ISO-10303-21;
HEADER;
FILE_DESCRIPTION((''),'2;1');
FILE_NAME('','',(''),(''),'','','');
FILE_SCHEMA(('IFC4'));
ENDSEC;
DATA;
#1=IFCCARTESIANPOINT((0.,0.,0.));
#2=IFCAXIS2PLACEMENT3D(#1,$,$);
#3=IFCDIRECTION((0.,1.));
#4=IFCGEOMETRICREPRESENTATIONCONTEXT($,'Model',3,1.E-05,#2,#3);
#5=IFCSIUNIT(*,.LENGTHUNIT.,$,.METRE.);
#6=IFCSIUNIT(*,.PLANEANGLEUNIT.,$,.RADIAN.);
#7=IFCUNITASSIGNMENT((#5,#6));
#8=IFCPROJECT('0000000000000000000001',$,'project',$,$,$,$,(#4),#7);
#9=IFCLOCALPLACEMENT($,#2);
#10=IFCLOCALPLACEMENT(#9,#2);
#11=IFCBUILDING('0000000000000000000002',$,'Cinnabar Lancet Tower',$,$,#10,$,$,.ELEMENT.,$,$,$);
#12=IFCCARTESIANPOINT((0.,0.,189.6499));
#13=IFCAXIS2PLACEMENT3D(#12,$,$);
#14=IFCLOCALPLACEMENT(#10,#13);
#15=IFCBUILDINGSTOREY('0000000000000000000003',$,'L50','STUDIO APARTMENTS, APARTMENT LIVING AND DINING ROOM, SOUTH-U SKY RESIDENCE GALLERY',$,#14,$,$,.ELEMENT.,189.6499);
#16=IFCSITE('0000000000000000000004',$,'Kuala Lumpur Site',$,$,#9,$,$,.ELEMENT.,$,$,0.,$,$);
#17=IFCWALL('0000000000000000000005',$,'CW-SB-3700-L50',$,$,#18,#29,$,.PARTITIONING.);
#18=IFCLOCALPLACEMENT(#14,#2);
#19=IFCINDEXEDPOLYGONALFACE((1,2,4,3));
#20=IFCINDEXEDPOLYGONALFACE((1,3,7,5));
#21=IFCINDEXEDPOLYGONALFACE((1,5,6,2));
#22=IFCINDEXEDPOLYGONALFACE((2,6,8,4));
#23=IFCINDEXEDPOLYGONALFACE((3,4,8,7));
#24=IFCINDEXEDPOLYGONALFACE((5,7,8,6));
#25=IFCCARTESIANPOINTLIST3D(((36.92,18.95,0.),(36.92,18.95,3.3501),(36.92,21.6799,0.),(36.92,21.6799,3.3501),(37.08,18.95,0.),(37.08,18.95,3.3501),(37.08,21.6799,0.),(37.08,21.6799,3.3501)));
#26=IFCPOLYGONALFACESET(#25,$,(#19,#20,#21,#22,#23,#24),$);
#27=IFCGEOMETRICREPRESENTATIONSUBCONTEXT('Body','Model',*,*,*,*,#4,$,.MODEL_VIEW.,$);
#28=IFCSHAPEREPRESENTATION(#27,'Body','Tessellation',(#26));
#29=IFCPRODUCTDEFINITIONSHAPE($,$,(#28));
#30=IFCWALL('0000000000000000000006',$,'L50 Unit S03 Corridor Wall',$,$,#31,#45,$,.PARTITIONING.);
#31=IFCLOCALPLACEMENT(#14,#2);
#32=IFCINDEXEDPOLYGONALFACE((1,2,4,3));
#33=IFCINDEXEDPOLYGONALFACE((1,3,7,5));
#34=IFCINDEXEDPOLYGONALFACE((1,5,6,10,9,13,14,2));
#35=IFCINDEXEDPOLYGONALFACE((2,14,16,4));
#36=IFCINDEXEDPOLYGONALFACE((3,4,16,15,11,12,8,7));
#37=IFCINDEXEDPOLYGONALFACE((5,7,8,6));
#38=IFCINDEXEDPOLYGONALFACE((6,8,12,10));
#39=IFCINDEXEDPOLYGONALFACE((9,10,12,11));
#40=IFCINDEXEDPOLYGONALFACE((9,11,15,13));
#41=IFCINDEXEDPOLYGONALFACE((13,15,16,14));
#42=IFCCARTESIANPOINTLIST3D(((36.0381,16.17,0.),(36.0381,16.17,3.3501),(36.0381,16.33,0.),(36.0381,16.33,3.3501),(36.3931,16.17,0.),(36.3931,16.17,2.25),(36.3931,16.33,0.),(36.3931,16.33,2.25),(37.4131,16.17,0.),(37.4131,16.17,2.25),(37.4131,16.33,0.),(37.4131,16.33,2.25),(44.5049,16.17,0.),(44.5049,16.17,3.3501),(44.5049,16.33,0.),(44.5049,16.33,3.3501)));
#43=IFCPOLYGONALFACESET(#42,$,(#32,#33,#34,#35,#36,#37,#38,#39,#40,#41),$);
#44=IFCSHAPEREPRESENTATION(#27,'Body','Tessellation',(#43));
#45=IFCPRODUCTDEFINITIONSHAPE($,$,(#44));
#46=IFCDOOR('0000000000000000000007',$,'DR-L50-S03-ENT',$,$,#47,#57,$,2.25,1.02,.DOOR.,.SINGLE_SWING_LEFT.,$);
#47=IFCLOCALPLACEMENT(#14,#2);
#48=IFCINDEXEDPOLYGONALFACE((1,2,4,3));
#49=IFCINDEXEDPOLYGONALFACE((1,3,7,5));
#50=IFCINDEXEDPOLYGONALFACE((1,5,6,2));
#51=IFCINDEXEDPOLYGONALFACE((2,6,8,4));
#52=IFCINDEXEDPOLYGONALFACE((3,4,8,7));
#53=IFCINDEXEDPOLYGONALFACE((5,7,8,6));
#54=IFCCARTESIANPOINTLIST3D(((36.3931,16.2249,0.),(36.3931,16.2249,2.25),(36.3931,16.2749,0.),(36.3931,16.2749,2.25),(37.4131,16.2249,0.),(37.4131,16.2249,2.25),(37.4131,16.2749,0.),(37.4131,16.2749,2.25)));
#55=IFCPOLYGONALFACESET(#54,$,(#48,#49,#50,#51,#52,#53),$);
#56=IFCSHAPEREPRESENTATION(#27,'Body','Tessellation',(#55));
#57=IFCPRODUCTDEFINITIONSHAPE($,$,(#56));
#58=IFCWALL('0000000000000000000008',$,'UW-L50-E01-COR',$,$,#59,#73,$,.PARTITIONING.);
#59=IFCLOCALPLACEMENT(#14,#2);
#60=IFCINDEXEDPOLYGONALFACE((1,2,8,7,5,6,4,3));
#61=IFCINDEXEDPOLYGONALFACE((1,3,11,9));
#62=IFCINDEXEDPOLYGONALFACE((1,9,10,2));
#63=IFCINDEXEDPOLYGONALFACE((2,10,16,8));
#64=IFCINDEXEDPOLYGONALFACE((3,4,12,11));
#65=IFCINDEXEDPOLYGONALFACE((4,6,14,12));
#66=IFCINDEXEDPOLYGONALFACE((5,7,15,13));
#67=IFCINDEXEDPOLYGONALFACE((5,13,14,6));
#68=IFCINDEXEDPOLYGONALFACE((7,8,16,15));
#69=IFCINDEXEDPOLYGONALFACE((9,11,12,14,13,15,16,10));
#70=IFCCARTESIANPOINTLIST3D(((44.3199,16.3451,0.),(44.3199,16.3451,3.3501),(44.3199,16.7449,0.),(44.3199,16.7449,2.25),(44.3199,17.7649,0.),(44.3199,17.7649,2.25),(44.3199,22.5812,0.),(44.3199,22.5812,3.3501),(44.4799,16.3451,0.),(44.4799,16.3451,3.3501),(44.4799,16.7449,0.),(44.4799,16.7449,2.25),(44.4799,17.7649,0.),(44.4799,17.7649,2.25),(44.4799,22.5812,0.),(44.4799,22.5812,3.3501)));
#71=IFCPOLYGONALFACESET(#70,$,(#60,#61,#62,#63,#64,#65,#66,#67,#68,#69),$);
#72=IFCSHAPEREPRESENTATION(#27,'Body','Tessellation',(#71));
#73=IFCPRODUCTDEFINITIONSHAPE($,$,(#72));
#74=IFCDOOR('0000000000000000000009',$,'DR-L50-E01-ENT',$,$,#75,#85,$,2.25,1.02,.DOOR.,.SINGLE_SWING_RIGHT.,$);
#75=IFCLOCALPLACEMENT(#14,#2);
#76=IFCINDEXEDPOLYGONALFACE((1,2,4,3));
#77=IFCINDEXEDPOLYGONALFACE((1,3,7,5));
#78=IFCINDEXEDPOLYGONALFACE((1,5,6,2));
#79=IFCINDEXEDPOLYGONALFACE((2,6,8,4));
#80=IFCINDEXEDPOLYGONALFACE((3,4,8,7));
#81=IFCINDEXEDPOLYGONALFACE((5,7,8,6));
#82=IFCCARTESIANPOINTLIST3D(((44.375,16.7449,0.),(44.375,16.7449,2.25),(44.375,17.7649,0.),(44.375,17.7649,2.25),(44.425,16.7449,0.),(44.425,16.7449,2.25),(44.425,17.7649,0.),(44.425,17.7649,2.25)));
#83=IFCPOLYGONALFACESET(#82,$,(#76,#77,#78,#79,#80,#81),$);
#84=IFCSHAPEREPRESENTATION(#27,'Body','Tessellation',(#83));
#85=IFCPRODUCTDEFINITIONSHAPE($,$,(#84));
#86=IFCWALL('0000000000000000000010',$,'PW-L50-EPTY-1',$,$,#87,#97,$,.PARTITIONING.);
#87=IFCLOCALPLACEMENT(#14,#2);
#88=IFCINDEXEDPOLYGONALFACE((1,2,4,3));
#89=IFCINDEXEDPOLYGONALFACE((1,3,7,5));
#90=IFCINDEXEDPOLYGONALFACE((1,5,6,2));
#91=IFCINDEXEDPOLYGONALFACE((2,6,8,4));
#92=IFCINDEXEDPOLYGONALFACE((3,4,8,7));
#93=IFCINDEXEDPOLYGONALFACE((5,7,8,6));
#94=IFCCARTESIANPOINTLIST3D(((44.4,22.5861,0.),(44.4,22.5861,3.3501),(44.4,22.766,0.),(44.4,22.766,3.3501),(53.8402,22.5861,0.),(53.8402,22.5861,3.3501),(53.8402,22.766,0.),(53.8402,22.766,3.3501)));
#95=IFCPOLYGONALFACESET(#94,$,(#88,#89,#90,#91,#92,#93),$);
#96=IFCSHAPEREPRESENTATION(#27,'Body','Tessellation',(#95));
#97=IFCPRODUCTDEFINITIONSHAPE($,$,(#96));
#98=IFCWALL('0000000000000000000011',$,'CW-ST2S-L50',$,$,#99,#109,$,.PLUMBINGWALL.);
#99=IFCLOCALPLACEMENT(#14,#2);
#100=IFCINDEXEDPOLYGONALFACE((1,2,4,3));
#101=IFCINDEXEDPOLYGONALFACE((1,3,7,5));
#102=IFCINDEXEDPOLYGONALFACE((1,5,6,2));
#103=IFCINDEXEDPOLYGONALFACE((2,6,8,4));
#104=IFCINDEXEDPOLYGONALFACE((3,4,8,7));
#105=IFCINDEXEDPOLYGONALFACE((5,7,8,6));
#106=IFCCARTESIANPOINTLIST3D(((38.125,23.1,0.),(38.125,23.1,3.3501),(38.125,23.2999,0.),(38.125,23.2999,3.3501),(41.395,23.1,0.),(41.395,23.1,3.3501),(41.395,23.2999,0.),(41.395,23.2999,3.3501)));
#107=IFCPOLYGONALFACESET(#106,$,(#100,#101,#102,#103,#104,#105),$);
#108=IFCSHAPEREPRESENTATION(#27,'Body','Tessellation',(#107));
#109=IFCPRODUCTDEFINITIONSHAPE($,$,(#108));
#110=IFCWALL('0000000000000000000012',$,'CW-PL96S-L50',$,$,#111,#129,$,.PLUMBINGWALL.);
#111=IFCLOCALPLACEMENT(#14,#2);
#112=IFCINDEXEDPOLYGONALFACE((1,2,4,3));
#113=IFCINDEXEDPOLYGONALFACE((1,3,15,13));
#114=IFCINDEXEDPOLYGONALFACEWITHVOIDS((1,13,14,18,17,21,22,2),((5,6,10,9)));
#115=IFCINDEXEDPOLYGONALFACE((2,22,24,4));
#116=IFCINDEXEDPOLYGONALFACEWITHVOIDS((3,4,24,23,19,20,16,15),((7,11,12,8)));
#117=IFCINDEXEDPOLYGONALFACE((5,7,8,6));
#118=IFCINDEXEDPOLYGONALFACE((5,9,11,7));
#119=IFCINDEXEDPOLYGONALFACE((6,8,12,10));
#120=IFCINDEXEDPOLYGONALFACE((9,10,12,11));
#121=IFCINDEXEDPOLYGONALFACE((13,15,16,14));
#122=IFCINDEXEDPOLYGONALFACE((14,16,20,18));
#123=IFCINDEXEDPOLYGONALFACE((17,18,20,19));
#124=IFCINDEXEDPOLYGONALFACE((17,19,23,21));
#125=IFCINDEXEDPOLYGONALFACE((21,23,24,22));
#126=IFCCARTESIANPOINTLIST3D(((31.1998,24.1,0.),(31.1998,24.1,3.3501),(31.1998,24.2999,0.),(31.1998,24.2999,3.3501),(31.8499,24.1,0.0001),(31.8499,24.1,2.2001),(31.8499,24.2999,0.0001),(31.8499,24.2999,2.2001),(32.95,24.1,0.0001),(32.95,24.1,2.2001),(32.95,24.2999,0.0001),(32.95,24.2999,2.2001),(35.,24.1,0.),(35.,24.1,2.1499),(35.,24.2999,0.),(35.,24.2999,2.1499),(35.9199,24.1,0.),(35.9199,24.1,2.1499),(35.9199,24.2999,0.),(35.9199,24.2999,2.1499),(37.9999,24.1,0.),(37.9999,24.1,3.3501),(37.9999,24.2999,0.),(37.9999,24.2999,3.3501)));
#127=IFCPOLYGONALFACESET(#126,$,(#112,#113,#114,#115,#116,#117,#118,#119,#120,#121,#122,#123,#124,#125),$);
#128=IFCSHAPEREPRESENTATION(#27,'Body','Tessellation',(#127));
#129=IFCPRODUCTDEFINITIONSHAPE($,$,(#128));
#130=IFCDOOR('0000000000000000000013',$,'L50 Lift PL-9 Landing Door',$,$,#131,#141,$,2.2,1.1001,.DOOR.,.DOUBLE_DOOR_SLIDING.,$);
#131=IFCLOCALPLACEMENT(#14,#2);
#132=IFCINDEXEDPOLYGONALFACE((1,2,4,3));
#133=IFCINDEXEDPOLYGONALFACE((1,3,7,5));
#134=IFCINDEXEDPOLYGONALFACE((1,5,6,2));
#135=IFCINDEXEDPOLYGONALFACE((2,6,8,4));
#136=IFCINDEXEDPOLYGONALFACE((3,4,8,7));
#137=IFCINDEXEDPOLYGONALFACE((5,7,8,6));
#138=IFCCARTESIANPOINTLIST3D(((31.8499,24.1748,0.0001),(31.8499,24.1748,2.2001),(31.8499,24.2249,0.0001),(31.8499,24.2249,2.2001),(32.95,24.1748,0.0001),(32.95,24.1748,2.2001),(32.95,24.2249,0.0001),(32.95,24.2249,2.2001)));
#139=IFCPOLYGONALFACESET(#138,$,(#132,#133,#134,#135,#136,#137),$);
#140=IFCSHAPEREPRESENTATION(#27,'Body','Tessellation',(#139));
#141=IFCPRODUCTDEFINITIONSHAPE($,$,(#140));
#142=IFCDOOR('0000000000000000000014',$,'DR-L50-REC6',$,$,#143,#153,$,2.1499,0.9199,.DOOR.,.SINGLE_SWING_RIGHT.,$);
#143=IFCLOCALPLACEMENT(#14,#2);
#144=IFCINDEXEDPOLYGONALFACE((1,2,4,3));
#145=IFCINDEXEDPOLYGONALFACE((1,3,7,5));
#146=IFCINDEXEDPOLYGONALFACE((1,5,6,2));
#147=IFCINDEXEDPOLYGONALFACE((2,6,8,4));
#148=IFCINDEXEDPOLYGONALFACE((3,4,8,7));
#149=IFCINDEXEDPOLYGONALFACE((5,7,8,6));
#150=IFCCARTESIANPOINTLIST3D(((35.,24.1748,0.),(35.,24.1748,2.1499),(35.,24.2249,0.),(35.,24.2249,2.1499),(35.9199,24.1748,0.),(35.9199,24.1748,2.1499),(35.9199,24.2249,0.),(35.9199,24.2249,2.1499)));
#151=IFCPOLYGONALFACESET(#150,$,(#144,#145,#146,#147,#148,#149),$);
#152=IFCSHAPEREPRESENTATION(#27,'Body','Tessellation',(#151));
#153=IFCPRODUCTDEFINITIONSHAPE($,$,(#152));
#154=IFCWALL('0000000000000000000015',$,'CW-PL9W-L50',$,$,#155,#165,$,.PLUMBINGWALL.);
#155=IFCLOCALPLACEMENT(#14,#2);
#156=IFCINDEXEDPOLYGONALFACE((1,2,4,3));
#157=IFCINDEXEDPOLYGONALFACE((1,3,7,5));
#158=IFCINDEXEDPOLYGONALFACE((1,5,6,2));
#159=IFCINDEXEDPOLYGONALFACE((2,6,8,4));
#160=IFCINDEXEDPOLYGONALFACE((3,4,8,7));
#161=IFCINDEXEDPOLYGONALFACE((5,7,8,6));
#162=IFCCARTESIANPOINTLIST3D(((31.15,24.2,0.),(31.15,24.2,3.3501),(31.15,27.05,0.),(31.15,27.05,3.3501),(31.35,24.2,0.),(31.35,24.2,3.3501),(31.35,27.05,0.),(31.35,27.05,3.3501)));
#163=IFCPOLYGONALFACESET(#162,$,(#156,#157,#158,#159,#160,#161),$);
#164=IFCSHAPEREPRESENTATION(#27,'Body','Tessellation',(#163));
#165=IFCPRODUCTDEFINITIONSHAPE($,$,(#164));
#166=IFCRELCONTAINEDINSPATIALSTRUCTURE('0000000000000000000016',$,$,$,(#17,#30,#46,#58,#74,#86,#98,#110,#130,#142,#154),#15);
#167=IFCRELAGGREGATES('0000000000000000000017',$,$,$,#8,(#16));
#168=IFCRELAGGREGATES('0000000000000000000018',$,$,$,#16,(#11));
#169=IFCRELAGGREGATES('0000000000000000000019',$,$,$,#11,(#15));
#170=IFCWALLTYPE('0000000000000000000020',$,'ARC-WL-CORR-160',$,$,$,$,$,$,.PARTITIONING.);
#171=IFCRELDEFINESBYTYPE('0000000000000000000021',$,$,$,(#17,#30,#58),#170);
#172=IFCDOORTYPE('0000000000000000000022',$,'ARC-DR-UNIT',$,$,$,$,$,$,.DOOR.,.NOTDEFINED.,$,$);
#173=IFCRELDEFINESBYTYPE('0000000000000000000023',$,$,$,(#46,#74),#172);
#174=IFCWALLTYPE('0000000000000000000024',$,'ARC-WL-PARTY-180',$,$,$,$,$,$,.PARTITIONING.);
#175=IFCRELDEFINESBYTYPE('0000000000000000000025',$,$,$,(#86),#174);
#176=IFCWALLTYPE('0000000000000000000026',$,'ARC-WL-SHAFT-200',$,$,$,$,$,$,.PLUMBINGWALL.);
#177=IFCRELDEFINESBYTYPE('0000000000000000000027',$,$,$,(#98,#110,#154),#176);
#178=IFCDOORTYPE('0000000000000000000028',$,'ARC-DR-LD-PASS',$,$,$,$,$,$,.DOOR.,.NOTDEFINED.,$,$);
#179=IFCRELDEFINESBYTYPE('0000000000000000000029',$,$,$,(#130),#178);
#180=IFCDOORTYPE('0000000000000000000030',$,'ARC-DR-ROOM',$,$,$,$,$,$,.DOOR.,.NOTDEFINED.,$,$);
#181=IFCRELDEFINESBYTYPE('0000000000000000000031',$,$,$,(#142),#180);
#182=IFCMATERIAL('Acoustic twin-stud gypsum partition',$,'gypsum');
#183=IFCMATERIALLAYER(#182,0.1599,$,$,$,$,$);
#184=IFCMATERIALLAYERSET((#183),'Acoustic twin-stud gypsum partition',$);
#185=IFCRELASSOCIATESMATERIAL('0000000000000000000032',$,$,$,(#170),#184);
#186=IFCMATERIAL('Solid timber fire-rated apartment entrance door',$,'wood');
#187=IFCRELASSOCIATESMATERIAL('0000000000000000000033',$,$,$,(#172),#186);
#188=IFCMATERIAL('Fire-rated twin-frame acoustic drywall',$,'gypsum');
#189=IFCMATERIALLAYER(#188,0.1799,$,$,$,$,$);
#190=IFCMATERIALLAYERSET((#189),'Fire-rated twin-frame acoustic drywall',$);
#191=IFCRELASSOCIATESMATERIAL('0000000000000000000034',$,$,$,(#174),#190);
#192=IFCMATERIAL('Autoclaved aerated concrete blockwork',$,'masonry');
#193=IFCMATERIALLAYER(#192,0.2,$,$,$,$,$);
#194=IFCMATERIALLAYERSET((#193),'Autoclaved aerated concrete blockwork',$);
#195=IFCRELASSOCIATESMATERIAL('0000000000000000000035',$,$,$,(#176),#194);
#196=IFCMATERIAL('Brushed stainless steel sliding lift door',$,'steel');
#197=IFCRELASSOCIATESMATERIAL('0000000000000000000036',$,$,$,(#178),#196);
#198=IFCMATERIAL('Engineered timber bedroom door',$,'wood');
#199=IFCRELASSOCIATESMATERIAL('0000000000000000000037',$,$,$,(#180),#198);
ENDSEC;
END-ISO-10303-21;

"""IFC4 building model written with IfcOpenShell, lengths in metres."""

from ifc_helpers import new_model, si_unit, direction, frame, frame_2d, origin, place, context, subcontext, project, spatial, rectangle, extrude, material, layer, layer_set, type_object, element, fill, save


model = new_model("IFC4")

# Units and contexts
model_context = context("Model", 3, precision=1e-05, world=origin(), true_north=direction((0.0, 1.0)))
body_context = subcontext(model_context, "Body", "Model", "MODEL_VIEW")
ifc_project = project(units=[si_unit("LENGTHUNIT", "METRE"), si_unit("PLANEANGLEUNIT", "RADIAN")], contexts=[model_context])

# Site, building, storey
site_placement = place(None, origin())
site = spatial("IfcSite", under=ifc_project, at=site_placement, Name="Kuala Lumpur Site", CompositionType="ELEMENT", RefElevation=0.0)
building_placement = place(site_placement, origin())
building = spatial("IfcBuilding", under=site, at=building_placement, Name="Cinnabar Lancet Tower", CompositionType="ELEMENT")
storey_placement = place(building_placement, frame((0.0, 0.0, 189.6499)))
storey = spatial("IfcBuildingStorey", under=building, at=storey_placement, Name="L50", Description="STUDIO APARTMENTS, APARTMENT LIVING AND DINING ROOM, SOUTH-U SKY RESIDENCE GALLERY", CompositionType="ELEMENT", Elevation=189.6499)

# Shared definitions
ifc_material_1 = material(Name="Acoustic twin-stud gypsum partition", Category="gypsum")
ifc_layer_1 = layer(ifc_material_1, 0.1599)
ifc_layer_set_1 = layer_set([ifc_layer_1], Name="Acoustic twin-stud gypsum partition")
wall_type_1 = type_object("IfcWallType", Name="ARC-WL-CORR-160", PredefinedType="PARTITIONING", material=ifc_layer_set_1)

# Wall
for number, where, z_axis, x_axis, name in (
    (1, (37.0, 18.95, 0.0), (0.0, 0.0, 1.0), (0.0, 1.0, 0.0), "CW-SB-3700-L50"),
):
    element("IfcWall", number, at=place(storey_placement, frame(where, z_axis=z_axis, x_axis=x_axis)), inside=storey, type_object=wall_type_1, Name=name, PredefinedType="PARTITIONING", context=body_context, shape_type="SweptSolid", body=[
        extrude(rectangle(XDim=2.73, YDim=0.1599, at=frame_2d((1.365, 0.0))), origin(), (0.0, 0.0, 1.0), 3.3501),
    ])

# Walls, openings, doors
wall_1_placement = place(storey_placement, frame((36.0381, 16.25, 0.0), z_axis=(0.0, 0.0, 1.0), x_axis=(1.0, 0.0, 0.0)))
wall_1 = element("IfcWall", 2, at=wall_1_placement, inside=storey, type_object=wall_type_1, Name="L50 Unit S03 Corridor Wall", PredefinedType="PARTITIONING", context=body_context, shape_type="SweptSolid", body=[
    extrude(rectangle(XDim=8.4668, YDim=0.1599, at=frame_2d((4.2334, 0.0))), origin(), (0.0, 0.0, 1.0), 3.3501),
])
opening_1_placement = place(wall_1_placement, frame((0.355, 0.0, 0.0)))
opening_1 = element("IfcOpeningElement", 3, at=opening_1_placement, cuts=wall_1, PredefinedType="OPENING", context=body_context, shape_type="SweptSolid", body=[
    extrude(rectangle(XDim=1.02, YDim=2.25, at=frame_2d((0.51, 1.125))), frame((0.0, 0.0898, 0.0), z_axis=(0.0, -1.0, 0.0), x_axis=(1.0, 0.0, 0.0)), (0.0, 0.0, 1.0), 0.1799),
])
ifc_material_2 = material(Name="Solid timber fire-rated apartment entrance door", Category="wood")
door_type_1 = type_object("IfcDoorType", Name="ARC-DR-UNIT", OperationType="NOTDEFINED", PredefinedType="DOOR", material=ifc_material_2)
door_1_placement = place(opening_1_placement, origin())
door_1 = element("IfcDoor", 4, at=door_1_placement, inside=storey, type_object=door_type_1, Name="DR-L50-S03-ENT", OperationType="SINGLE_SWING_LEFT", OverallHeight=2.25, OverallWidth=1.02, PredefinedType="DOOR", context=body_context, shape_type="SweptSolid", body=[
    extrude(rectangle(XDim=1.02, YDim=2.25, at=frame_2d((0.51, 1.125))), frame((0.0, 0.0249, 0.0), z_axis=(0.0, -1.0, 0.0), x_axis=(1.0, 0.0, 0.0)), (0.0, 0.0, 1.0), 0.05),
])
fill(opening_1, door_1)
wall_2_placement = place(storey_placement, frame((44.3999, 16.345, 0.0), z_axis=(0.0, 0.0, 1.0), x_axis=(0.0, 1.0, 0.0)))
wall_2 = element("IfcWall", 5, at=wall_2_placement, inside=storey, type_object=wall_type_1, Name="UW-L50-E01-COR", PredefinedType="PARTITIONING", context=body_context, shape_type="SweptSolid", body=[
    extrude(rectangle(XDim=6.2361, YDim=0.1599, at=frame_2d((3.1182, 0.0))), origin(), (0.0, 0.0, 1.0), 3.3501),
])
opening_2_placement = place(wall_2_placement, frame((0.3999, 0.0, 0.0)))
opening_2 = element("IfcOpeningElement", 6, at=opening_2_placement, cuts=wall_2, PredefinedType="OPENING", context=body_context, shape_type="SweptSolid", body=[
    extrude(rectangle(XDim=1.02, YDim=2.25, at=frame_2d((0.51, 1.125))), frame((0.0, 0.0898, 0.0), z_axis=(0.0, -1.0, 0.0), x_axis=(1.0, 0.0, 0.0)), (0.0, 0.0, 1.0), 0.1799),
])
door_2_placement = place(opening_2_placement, origin())
door_2 = element("IfcDoor", 7, at=door_2_placement, inside=storey, type_object=door_type_1, Name="DR-L50-E01-ENT", OperationType="SINGLE_SWING_RIGHT", OverallHeight=2.25, OverallWidth=1.02, PredefinedType="DOOR", context=body_context, shape_type="SweptSolid", body=[
    extrude(rectangle(XDim=1.02, YDim=2.25, at=frame_2d((0.51, 1.125))), frame((0.0, 0.0249, 0.0), z_axis=(0.0, -1.0, 0.0), x_axis=(1.0, 0.0, 0.0)), (0.0, 0.0, 1.0), 0.05),
])
fill(opening_2, door_2)

# Walls
ifc_material_3 = material(Name="Fire-rated twin-frame acoustic drywall", Category="gypsum")
ifc_layer_2 = layer(ifc_material_3, 0.1799)
ifc_layer_set_2 = layer_set([ifc_layer_2], Name="Fire-rated twin-frame acoustic drywall")
wall_type_2 = type_object("IfcWallType", Name="ARC-WL-PARTY-180", PredefinedType="PARTITIONING", material=ifc_layer_set_2)
wall_3_placement = place(storey_placement, frame((44.3999, 22.676, 0.0), z_axis=(0.0, 0.0, 1.0), x_axis=(1.0, 0.0, 0.0)))
element("IfcWall", 8, at=wall_3_placement, inside=storey, type_object=wall_type_2, Name="PW-L50-EPTY-1", PredefinedType="PARTITIONING", context=body_context, shape_type="SweptSolid", body=[
    extrude(rectangle(XDim=9.4402, YDim=0.1799, at=frame_2d((4.7202, 0.0))), origin(), (0.0, 0.0, 1.0), 3.3501),
])
ifc_material_4 = material(Name="Autoclaved aerated concrete blockwork", Category="masonry")
ifc_layer_3 = layer(ifc_material_4, 0.2)
ifc_layer_set_3 = layer_set([ifc_layer_3], Name="Autoclaved aerated concrete blockwork")
wall_type_3 = type_object("IfcWallType", Name="ARC-WL-SHAFT-200", PredefinedType="PLUMBINGWALL", material=ifc_layer_set_3)
wall_4_placement = place(storey_placement, frame((38.125, 23.2, 0.0), z_axis=(0.0, 0.0, 1.0), x_axis=(1.0, 0.0, 0.0)))
element("IfcWall", 9, at=wall_4_placement, inside=storey, type_object=wall_type_3, Name="CW-ST2S-L50", PredefinedType="PLUMBINGWALL", context=body_context, shape_type="SweptSolid", body=[
    extrude(rectangle(XDim=3.27, YDim=0.2, at=frame_2d((1.635, 0.0))), origin(), (0.0, 0.0, 1.0), 3.3501),
])

# Wall, openings, doors
wall_5_placement = place(storey_placement, frame((31.2, 24.2, 0.0), z_axis=(0.0, 0.0, 1.0), x_axis=(1.0, 0.0, 0.0)))
wall_5 = element("IfcWall", 10, at=wall_5_placement, inside=storey, type_object=wall_type_3, Name="CW-PL96S-L50", PredefinedType="PLUMBINGWALL", context=body_context, shape_type="SweptSolid", body=[
    extrude(rectangle(XDim=6.8, YDim=0.2, at=frame_2d((3.3999, 0.0))), origin(), (0.0, 0.0, 1.0), 3.3501),
])
opening_3_placement = place(wall_5_placement, frame((0.6499, 0.0, 0.0)))
opening_3 = element("IfcOpeningElement", 11, at=opening_3_placement, cuts=wall_5, PredefinedType="OPENING", context=body_context, shape_type="SweptSolid", body=[
    extrude(rectangle(XDim=1.1001, YDim=2.2, at=frame_2d((0.55, 1.1001))), frame((0.0, 0.1099, 0.0), z_axis=(0.0, -1.0, 0.0), x_axis=(1.0, 0.0, 0.0)), (0.0, 0.0, 1.0), 0.22),
])
opening_4_placement = place(wall_5_placement, frame((3.8, 0.0, 0.0)))
opening_4 = element("IfcOpeningElement", 12, at=opening_4_placement, cuts=wall_5, PredefinedType="OPENING", context=body_context, shape_type="SweptSolid", body=[
    extrude(rectangle(XDim=0.9199, YDim=2.1499, at=frame_2d((0.46, 1.075))), frame((0.0, 0.1099, 0.0), z_axis=(0.0, -1.0, 0.0), x_axis=(1.0, 0.0, 0.0)), (0.0, 0.0, 1.0), 0.22),
])
ifc_material_5 = material(Name="Brushed stainless steel sliding lift door", Category="steel")
door_type_2 = type_object("IfcDoorType", Name="ARC-DR-LD-PASS", OperationType="NOTDEFINED", PredefinedType="DOOR", material=ifc_material_5)
door_3_placement = place(opening_3_placement, origin())
door_3 = element("IfcDoor", 13, at=door_3_placement, inside=storey, type_object=door_type_2, Name="L50 Lift PL-9 Landing Door", OperationType="DOUBLE_DOOR_SLIDING", OverallHeight=2.2, OverallWidth=1.1001, PredefinedType="DOOR", context=body_context, shape_type="SweptSolid", body=[
    extrude(rectangle(XDim=1.1001, YDim=2.2, at=frame_2d((0.55, 1.1001))), frame((0.0, 0.0249, 0.0), z_axis=(0.0, -1.0, 0.0), x_axis=(1.0, 0.0, 0.0)), (0.0, 0.0, 1.0), 0.05),
])
fill(opening_3, door_3)
ifc_material_6 = material(Name="Engineered timber bedroom door", Category="wood")
door_type_3 = type_object("IfcDoorType", Name="ARC-DR-ROOM", OperationType="NOTDEFINED", PredefinedType="DOOR", material=ifc_material_6)
door_4_placement = place(opening_4_placement, origin())
door_4 = element("IfcDoor", 14, at=door_4_placement, inside=storey, type_object=door_type_3, Name="DR-L50-REC6", OperationType="SINGLE_SWING_RIGHT", OverallHeight=2.1499, OverallWidth=0.9199, PredefinedType="DOOR", context=body_context, shape_type="SweptSolid", body=[
    extrude(rectangle(XDim=0.9199, YDim=2.1499, at=frame_2d((0.46, 1.075))), frame((0.0, 0.0249, 0.0), z_axis=(0.0, -1.0, 0.0), x_axis=(1.0, 0.0, 0.0)), (0.0, 0.0, 1.0), 0.05),
])
fill(opening_4, door_4)

# Wall
for number, where, z_axis, x_axis, name in (
    (15, (31.25, 24.2, 0.0), (0.0, 0.0, 1.0), (0.0, 1.0, 0.0), "CW-PL9W-L50"),
):
    element("IfcWall", number, at=place(storey_placement, frame(where, z_axis=z_axis, x_axis=x_axis)), inside=storey, type_object=wall_type_3, Name=name, PredefinedType="PLUMBINGWALL", context=body_context, shape_type="SweptSolid", body=[
        extrude(rectangle(XDim=2.8501, YDim=0.2, at=frame_2d((1.425, 0.0))), origin(), (0.0, 0.0, 1.0), 3.3501),
    ])

save(model, "model.ifc")
